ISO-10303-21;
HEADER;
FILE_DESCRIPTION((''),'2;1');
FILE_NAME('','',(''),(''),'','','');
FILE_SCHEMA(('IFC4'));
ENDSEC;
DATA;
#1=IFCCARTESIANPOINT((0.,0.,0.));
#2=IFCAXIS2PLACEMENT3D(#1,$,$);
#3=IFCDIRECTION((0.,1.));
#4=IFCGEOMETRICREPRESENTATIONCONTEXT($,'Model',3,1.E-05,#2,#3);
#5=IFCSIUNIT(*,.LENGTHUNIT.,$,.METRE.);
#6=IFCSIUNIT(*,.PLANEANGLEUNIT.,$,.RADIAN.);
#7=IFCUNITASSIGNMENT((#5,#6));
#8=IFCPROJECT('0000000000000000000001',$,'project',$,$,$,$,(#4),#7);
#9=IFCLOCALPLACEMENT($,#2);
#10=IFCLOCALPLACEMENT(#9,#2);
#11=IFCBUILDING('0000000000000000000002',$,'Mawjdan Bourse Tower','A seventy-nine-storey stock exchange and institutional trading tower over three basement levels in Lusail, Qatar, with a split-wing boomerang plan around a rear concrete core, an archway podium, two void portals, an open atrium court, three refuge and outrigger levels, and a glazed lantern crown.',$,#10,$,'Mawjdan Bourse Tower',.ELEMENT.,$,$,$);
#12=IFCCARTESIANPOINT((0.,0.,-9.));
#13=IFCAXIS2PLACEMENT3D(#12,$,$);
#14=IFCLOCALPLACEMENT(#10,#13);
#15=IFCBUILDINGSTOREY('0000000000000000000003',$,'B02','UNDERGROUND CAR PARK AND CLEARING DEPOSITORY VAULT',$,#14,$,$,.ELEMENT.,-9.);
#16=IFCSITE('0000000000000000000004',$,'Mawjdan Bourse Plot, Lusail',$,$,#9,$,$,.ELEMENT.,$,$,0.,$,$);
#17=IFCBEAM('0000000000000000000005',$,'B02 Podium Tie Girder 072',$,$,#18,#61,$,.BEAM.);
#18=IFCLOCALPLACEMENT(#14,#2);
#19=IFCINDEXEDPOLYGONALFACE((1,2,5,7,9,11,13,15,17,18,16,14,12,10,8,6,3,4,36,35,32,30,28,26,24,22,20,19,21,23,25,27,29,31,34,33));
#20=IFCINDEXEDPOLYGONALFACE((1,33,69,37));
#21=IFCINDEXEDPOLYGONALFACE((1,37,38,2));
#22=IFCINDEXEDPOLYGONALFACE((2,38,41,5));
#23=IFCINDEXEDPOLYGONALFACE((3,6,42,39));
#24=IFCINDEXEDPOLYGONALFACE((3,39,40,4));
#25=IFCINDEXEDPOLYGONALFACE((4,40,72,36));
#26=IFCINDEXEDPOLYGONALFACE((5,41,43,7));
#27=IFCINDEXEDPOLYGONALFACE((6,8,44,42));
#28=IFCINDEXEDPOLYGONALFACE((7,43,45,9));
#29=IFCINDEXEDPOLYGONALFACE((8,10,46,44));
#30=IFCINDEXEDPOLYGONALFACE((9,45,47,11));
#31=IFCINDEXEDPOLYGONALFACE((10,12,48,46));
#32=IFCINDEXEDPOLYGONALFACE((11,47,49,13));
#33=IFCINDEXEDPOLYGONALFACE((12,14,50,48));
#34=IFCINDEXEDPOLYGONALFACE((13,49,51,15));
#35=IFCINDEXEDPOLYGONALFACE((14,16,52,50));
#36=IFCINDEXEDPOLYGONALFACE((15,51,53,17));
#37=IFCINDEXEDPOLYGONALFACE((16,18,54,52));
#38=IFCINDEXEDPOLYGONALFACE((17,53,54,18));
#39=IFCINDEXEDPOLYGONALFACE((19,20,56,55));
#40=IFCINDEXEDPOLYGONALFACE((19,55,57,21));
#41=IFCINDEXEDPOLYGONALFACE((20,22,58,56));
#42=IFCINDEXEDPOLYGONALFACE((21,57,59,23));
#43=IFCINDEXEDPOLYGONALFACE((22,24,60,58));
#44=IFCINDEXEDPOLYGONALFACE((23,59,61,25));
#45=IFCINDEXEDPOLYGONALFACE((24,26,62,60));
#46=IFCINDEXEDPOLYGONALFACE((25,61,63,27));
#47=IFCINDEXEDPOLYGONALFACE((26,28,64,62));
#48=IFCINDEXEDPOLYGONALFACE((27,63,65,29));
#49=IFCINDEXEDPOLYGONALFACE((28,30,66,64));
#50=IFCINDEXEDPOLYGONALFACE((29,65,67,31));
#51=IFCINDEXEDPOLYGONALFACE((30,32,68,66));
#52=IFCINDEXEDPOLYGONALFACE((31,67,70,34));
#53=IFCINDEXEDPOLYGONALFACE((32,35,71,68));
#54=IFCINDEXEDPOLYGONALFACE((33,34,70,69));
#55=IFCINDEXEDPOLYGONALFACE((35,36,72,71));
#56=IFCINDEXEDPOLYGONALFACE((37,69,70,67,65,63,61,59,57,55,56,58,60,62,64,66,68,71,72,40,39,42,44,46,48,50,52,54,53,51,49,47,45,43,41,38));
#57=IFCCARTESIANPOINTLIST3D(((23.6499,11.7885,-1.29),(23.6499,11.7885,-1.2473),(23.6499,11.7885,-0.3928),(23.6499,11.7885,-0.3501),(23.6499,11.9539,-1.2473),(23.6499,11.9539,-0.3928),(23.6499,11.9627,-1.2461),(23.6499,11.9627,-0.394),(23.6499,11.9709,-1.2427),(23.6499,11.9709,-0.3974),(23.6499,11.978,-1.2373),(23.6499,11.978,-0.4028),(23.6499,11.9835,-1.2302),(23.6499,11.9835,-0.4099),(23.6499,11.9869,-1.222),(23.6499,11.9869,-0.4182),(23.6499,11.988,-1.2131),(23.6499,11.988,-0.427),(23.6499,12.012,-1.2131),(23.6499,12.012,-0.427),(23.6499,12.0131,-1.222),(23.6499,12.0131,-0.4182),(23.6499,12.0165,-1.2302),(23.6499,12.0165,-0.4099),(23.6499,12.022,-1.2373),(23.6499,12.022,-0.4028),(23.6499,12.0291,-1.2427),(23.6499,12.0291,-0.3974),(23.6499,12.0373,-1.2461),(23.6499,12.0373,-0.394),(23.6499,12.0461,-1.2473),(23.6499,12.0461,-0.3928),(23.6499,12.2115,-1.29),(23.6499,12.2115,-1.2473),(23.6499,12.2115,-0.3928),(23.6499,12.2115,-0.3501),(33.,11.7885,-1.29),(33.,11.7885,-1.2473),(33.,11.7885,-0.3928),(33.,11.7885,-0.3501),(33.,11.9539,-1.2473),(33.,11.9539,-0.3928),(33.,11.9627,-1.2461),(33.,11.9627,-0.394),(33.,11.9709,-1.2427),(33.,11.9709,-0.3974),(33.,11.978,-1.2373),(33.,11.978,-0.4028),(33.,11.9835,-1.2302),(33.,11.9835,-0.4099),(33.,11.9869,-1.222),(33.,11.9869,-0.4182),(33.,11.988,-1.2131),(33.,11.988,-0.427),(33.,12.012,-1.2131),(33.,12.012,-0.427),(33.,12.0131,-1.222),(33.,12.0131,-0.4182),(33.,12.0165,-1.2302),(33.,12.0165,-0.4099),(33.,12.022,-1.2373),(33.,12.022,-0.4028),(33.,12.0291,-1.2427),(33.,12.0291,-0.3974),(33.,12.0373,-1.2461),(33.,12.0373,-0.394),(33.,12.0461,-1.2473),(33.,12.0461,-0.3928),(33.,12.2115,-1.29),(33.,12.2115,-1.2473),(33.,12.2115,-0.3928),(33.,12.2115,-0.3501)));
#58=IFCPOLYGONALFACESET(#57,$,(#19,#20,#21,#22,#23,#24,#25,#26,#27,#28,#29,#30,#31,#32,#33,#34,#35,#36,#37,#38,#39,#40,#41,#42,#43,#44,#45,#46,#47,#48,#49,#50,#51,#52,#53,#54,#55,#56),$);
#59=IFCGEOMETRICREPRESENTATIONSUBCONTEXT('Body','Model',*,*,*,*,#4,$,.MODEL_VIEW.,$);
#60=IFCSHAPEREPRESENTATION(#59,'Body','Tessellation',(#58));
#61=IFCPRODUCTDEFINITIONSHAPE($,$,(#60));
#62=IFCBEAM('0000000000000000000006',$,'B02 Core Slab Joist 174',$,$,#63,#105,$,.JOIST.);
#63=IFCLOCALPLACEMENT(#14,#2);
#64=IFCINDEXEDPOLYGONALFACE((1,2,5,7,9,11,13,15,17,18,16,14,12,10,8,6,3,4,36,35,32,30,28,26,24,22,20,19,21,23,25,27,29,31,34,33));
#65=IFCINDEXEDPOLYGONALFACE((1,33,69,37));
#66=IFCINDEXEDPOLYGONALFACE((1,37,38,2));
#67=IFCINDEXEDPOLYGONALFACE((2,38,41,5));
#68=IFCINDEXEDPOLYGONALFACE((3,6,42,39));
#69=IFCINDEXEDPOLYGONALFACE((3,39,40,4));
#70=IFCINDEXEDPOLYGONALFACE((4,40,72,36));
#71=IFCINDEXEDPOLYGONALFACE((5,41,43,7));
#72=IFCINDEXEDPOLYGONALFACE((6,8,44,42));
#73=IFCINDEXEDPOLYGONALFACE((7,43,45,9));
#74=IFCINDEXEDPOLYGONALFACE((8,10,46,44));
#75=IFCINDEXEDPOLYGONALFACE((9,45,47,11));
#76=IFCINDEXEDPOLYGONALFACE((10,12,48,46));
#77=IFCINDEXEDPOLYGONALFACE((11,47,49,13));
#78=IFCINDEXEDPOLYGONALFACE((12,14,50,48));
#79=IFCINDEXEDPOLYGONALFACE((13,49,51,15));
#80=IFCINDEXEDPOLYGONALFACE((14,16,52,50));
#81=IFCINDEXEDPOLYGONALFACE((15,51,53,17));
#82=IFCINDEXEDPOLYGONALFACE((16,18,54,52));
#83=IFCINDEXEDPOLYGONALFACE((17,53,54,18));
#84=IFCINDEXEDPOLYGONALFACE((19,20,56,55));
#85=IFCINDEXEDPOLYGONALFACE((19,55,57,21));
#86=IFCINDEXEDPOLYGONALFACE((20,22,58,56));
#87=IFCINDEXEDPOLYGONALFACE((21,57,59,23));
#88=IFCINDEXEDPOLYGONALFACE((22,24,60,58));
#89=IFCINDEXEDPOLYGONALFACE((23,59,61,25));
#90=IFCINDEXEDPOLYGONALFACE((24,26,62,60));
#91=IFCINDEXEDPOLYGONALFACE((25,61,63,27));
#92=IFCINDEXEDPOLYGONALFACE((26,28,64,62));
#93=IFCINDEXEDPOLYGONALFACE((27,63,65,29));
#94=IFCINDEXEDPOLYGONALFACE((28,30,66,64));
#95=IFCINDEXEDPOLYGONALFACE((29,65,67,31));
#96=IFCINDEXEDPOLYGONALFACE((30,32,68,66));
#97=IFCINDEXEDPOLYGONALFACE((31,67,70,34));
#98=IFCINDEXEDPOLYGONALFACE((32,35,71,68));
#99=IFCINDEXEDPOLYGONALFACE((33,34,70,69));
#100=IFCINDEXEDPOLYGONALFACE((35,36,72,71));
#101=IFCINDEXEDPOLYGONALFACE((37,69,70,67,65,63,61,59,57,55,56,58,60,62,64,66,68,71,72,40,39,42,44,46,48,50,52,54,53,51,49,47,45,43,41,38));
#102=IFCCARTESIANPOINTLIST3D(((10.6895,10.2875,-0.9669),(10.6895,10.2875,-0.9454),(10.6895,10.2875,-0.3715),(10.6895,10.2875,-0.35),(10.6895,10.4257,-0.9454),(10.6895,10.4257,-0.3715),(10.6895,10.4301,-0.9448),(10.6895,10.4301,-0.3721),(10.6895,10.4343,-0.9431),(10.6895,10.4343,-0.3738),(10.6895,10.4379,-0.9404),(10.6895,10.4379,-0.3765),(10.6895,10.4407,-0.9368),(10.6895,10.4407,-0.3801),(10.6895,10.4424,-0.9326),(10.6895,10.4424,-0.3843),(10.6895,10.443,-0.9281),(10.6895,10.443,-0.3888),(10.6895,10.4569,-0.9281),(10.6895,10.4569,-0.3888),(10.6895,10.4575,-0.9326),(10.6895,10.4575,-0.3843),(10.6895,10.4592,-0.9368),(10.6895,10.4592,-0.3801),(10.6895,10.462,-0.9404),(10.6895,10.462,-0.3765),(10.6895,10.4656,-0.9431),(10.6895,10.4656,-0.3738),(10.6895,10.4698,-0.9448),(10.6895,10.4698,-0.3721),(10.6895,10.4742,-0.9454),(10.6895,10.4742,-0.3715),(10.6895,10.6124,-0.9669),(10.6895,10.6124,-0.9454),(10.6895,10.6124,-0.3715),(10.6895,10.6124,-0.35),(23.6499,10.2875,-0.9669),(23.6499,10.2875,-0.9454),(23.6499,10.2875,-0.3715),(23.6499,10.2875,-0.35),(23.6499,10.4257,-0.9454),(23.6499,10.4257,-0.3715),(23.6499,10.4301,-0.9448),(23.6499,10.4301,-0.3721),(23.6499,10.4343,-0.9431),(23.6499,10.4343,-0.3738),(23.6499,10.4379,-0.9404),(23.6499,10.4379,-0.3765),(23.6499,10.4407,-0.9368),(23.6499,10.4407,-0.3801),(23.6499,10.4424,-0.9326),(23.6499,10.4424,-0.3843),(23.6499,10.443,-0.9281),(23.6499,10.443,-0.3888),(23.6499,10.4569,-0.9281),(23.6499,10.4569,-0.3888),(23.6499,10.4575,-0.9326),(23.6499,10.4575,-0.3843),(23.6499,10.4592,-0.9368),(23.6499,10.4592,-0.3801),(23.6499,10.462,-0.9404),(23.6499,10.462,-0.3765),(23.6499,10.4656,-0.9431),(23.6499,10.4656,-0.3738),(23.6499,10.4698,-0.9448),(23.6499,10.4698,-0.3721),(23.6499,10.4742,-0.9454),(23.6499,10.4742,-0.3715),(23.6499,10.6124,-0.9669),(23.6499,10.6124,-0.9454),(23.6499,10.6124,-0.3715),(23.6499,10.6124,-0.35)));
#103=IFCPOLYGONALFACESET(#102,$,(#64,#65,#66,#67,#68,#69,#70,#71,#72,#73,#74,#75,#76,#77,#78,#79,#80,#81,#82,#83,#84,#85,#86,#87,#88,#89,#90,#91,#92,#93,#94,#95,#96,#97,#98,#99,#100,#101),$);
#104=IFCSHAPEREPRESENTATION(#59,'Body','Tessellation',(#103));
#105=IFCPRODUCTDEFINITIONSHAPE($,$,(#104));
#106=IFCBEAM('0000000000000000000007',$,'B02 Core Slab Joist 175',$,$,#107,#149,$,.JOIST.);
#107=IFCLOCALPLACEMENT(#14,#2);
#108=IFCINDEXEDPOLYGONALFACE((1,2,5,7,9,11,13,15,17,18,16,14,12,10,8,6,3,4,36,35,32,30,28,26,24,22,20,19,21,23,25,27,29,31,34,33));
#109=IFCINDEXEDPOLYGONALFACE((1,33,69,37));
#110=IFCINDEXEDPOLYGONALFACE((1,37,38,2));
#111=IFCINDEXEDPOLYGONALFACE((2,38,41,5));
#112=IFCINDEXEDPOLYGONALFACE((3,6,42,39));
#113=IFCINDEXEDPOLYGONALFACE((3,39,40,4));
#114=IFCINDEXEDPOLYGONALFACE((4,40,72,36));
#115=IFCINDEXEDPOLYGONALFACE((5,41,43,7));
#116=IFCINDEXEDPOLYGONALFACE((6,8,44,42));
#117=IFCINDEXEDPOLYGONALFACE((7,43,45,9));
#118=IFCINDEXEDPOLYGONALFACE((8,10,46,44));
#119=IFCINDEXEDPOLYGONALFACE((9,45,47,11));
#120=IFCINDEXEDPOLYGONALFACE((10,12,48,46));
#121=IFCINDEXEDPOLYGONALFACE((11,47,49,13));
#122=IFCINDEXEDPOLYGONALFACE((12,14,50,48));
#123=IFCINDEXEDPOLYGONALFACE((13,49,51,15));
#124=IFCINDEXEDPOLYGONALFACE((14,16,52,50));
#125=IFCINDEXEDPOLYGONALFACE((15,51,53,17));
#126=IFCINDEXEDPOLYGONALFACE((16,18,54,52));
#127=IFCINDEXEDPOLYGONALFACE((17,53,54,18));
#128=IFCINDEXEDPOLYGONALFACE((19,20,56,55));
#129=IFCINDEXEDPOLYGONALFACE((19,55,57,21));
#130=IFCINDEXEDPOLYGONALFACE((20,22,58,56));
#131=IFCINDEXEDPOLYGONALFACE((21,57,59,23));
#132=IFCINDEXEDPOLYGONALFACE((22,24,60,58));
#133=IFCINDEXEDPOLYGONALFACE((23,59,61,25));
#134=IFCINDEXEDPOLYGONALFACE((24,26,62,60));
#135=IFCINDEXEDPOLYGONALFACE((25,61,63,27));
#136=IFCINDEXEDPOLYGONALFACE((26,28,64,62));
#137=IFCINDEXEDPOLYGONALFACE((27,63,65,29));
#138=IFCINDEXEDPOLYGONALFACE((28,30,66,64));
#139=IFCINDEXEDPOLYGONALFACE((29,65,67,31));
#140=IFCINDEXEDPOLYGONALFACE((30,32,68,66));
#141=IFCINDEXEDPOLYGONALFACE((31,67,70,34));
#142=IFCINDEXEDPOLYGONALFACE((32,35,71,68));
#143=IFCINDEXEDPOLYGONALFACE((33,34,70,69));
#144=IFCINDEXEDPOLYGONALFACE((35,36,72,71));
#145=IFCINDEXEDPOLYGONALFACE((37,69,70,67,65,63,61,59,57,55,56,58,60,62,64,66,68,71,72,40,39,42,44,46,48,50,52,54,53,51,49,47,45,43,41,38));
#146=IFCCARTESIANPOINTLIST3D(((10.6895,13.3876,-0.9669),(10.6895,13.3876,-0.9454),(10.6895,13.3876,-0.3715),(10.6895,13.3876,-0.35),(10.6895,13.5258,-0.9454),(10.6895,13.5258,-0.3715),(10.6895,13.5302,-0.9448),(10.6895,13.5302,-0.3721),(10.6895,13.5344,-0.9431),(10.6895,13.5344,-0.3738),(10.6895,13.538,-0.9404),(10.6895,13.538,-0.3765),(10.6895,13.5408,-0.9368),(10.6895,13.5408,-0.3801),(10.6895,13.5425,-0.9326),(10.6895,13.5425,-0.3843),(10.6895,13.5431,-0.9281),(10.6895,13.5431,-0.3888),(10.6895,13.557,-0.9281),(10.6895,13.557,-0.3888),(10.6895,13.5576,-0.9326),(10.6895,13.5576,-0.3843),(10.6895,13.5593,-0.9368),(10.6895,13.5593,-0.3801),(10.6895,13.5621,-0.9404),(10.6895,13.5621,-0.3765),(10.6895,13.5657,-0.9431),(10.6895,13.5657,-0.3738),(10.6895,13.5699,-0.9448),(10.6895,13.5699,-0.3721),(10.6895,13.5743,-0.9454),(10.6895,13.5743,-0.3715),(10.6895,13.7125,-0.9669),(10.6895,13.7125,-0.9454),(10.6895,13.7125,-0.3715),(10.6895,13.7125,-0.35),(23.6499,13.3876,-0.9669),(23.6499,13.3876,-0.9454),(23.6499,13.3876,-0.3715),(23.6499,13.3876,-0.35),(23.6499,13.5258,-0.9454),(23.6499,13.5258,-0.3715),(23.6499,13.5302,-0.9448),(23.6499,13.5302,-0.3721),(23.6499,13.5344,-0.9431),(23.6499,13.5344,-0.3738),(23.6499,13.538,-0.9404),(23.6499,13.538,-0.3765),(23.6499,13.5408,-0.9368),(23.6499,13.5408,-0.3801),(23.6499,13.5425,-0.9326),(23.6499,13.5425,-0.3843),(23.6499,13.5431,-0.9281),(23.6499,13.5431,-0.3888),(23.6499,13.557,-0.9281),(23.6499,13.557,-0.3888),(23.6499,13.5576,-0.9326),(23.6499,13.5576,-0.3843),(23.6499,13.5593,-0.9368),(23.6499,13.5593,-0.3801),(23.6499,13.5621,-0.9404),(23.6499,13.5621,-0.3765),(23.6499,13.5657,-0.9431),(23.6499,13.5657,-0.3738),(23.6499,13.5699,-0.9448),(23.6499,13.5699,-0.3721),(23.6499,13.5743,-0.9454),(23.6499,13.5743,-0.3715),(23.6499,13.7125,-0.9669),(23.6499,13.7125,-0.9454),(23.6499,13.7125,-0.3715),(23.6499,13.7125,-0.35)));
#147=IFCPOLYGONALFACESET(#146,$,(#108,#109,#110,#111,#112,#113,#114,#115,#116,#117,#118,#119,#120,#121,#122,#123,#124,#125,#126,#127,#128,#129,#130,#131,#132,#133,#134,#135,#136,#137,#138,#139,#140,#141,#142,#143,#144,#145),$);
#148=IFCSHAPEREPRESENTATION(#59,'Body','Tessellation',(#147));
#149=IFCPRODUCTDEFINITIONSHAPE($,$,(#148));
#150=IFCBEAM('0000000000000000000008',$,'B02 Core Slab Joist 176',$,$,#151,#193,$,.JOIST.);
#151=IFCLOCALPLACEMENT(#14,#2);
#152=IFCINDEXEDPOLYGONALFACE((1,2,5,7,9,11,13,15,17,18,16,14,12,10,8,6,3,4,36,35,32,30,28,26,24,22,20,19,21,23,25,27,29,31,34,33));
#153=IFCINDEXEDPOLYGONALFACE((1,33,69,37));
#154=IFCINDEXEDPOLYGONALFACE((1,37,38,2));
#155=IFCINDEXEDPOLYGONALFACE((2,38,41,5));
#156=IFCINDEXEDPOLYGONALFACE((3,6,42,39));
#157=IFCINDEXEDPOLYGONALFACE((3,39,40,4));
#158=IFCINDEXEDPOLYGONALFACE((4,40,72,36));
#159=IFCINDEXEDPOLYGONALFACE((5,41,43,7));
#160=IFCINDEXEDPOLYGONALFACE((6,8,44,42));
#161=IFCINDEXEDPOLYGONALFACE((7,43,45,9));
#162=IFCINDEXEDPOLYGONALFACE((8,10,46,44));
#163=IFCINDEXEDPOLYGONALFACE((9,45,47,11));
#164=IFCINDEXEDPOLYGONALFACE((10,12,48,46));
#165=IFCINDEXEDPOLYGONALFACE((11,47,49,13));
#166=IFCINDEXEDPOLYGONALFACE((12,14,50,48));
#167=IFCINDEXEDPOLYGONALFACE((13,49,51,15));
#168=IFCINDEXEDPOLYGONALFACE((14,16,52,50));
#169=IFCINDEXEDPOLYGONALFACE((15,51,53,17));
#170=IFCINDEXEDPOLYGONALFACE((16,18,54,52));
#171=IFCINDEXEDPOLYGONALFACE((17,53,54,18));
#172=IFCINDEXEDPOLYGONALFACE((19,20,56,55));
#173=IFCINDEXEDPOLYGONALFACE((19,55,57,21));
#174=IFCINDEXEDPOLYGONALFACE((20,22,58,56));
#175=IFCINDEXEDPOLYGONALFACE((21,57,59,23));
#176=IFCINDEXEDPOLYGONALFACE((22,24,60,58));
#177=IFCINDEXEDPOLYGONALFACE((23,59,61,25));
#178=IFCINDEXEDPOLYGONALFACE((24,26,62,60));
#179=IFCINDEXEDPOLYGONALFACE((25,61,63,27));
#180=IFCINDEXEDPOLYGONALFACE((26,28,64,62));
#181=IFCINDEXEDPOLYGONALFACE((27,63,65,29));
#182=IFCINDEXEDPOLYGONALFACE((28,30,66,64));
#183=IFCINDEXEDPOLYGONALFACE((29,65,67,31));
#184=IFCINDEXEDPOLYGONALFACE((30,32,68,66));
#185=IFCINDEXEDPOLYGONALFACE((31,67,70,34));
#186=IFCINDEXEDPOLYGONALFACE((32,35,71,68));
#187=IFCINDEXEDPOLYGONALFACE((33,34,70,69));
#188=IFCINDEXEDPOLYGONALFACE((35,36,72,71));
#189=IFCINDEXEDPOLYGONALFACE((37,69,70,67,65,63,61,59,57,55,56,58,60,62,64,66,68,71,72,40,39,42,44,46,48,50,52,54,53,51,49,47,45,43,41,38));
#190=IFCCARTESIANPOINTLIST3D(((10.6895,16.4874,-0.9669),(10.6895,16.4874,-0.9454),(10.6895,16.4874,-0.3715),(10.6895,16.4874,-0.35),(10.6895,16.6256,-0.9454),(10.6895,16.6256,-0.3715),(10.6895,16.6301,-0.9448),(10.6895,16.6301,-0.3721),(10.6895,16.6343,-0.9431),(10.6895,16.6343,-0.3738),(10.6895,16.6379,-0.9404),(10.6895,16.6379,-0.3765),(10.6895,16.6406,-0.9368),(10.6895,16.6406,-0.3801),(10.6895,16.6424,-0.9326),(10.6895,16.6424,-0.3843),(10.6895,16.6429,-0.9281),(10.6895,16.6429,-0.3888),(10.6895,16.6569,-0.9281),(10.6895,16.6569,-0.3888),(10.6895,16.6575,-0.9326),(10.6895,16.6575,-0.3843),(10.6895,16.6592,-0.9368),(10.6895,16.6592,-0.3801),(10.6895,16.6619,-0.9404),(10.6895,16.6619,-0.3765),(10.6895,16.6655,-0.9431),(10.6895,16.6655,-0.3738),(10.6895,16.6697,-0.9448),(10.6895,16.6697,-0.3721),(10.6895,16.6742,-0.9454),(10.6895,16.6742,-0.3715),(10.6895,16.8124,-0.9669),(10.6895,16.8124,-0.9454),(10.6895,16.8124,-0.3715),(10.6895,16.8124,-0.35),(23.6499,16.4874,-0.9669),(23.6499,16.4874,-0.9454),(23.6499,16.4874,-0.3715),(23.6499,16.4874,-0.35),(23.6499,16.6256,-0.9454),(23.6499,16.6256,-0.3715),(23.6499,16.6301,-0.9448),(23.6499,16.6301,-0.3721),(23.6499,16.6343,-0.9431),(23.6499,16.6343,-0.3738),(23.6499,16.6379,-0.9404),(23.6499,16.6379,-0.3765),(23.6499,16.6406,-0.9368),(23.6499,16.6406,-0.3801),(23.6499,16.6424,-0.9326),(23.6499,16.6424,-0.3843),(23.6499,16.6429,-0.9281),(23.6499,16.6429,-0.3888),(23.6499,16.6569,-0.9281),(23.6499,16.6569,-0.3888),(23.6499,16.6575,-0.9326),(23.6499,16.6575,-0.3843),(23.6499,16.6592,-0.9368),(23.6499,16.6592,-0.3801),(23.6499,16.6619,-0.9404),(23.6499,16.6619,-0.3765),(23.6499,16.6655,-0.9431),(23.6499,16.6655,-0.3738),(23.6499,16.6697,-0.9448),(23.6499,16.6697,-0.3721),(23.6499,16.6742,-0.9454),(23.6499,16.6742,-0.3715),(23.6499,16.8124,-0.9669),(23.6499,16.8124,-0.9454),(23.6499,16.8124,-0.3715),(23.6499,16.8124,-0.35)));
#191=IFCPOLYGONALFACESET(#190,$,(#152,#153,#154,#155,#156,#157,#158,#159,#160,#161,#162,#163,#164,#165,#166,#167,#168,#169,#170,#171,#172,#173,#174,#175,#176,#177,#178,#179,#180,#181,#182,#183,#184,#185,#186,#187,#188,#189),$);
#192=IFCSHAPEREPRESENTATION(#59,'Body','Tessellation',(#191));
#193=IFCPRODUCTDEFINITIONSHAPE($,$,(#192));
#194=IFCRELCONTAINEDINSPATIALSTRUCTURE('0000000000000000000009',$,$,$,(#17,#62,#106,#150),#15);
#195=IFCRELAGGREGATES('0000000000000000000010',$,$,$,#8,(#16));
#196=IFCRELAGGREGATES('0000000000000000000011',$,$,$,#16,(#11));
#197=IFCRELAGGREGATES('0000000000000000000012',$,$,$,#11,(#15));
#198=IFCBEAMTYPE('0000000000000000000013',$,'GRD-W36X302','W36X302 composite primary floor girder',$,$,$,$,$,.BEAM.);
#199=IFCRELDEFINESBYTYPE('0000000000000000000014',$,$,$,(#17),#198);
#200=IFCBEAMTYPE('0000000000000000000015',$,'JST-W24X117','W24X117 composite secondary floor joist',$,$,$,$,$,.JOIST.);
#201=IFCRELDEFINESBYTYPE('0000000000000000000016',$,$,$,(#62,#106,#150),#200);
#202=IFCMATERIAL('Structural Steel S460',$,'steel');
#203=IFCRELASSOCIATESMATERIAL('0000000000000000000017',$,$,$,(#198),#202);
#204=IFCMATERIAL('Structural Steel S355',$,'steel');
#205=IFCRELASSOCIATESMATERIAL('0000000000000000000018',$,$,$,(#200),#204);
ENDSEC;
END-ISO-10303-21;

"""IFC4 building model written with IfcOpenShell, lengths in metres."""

from ifc_helpers import new_model, si_unit, direction, frame, origin, origin_2d, place, context, subcontext, project, spatial, i_section, extrude, material, material_profile, profile_set, type_object, element, save


model = new_model("IFC4")

# Units and contexts
model_context = context("Model", 3, precision=1e-05, world=origin(), true_north=direction((0.0, 1.0)))
body_context = subcontext(model_context, "Body", "Model", "MODEL_VIEW")
ifc_project = project(units=[si_unit("LENGTHUNIT", "METRE"), si_unit("PLANEANGLEUNIT", "RADIAN")], contexts=[model_context])

# Site, building, storey
site_placement = place(None, origin())
site = spatial("IfcSite", under=ifc_project, at=site_placement, Name="Mawjdan Bourse Plot, Lusail", CompositionType="ELEMENT", RefElevation=0.0)
building_placement = place(site_placement, origin())
building = spatial("IfcBuilding", under=site, at=building_placement, Name="Mawjdan Bourse Tower", Description="A seventy-nine-storey stock exchange and institutional trading tower over three basement levels in Lusail, Qatar, with a split-wing boomerang plan around a rear concrete core, an archway podium, two void portals, an open atrium court, three refuge and outrigger levels, and a glazed lantern crown.", LongName="Mawjdan Bourse Tower", CompositionType="ELEMENT")
storey_placement = place(building_placement, frame((0.0, 0.0, -9.0)))
storey = spatial("IfcBuildingStorey", under=building, at=storey_placement, Name="B02", Description="UNDERGROUND CAR PARK AND CLEARING DEPOSITORY VAULT", CompositionType="ELEMENT", Elevation=-9.0)

# Beams
ifc_material_1 = material(Name="Structural Steel S460", Category="steel")
ifc_material_profile_1 = material_profile(ifc_material_1, i_section(OverallWidth=0.4231, OverallDepth=0.9399, WebThickness=0.0239, FlangeThickness=0.0427, FilletRadius=0.0342, at=origin_2d()), Name="W36X302")
ifc_profile_set_1 = profile_set([ifc_material_profile_1], Name="Structural Steel S460")
beam_type_1 = type_object("IfcBeamType", Name="GRD-W36X302", Description="W36X302 composite primary floor girder", PredefinedType="BEAM", material=ifc_profile_set_1)
beam_1_placement = place(storey_placement, frame((23.6499, 12.0, -0.8201), z_axis=(1.0, 0.0, 0.0), x_axis=(0.0, 1.0, 0.0)))
element("IfcBeam", 1, at=beam_1_placement, inside=storey, type_object=beam_type_1, Name="B02 Podium Tie Girder 072", PredefinedType="BEAM", context=body_context, shape_type="SweptSolid", body=[
    extrude(i_section(OverallWidth=0.4231, OverallDepth=0.9399, WebThickness=0.0239, FlangeThickness=0.0427, FilletRadius=0.0342, at=origin_2d()), origin(), (0.0, 0.0, 1.0), 9.3501),
])
ifc_material_2 = material(Name="Structural Steel S355", Category="steel")
ifc_material_profile_2 = material_profile(ifc_material_2, i_section(OverallWidth=0.325, OverallDepth=0.6169, WebThickness=0.0139, FlangeThickness=0.0215, FilletRadius=0.0173, at=origin_2d()), Name="W24X117")
ifc_profile_set_2 = profile_set([ifc_material_profile_2], Name="Structural Steel S355")
beam_type_2 = type_object("IfcBeamType", Name="JST-W24X117", Description="W24X117 composite secondary floor joist", PredefinedType="JOIST", material=ifc_profile_set_2)
for number, where, z_axis, x_axis, name in (
    (2, (10.6895, 10.45, -0.6584), (1.0, 0.0, 0.0), (0.0, 1.0, 0.0), "B02 Core Slab Joist 174"),
    (3, (10.6895, 13.55, -0.6584), (1.0, 0.0, 0.0), (0.0, 1.0, 0.0), "B02 Core Slab Joist 175"),
    (4, (10.6895, 16.6499, -0.6584), (1.0, 0.0, 0.0), (0.0, 1.0, 0.0), "B02 Core Slab Joist 176"),
):
    element("IfcBeam", number, at=place(storey_placement, frame(where, z_axis=z_axis, x_axis=x_axis)), inside=storey, type_object=beam_type_2, Name=name, PredefinedType="JOIST", context=body_context, shape_type="SweptSolid", body=[
        extrude(i_section(OverallWidth=0.325, OverallDepth=0.6169, WebThickness=0.0139, FlangeThickness=0.0215, FilletRadius=0.0173, at=origin_2d()), origin(), (0.0, 0.0, 1.0), 12.9604),
    ])

save(model, "model.ifc")
